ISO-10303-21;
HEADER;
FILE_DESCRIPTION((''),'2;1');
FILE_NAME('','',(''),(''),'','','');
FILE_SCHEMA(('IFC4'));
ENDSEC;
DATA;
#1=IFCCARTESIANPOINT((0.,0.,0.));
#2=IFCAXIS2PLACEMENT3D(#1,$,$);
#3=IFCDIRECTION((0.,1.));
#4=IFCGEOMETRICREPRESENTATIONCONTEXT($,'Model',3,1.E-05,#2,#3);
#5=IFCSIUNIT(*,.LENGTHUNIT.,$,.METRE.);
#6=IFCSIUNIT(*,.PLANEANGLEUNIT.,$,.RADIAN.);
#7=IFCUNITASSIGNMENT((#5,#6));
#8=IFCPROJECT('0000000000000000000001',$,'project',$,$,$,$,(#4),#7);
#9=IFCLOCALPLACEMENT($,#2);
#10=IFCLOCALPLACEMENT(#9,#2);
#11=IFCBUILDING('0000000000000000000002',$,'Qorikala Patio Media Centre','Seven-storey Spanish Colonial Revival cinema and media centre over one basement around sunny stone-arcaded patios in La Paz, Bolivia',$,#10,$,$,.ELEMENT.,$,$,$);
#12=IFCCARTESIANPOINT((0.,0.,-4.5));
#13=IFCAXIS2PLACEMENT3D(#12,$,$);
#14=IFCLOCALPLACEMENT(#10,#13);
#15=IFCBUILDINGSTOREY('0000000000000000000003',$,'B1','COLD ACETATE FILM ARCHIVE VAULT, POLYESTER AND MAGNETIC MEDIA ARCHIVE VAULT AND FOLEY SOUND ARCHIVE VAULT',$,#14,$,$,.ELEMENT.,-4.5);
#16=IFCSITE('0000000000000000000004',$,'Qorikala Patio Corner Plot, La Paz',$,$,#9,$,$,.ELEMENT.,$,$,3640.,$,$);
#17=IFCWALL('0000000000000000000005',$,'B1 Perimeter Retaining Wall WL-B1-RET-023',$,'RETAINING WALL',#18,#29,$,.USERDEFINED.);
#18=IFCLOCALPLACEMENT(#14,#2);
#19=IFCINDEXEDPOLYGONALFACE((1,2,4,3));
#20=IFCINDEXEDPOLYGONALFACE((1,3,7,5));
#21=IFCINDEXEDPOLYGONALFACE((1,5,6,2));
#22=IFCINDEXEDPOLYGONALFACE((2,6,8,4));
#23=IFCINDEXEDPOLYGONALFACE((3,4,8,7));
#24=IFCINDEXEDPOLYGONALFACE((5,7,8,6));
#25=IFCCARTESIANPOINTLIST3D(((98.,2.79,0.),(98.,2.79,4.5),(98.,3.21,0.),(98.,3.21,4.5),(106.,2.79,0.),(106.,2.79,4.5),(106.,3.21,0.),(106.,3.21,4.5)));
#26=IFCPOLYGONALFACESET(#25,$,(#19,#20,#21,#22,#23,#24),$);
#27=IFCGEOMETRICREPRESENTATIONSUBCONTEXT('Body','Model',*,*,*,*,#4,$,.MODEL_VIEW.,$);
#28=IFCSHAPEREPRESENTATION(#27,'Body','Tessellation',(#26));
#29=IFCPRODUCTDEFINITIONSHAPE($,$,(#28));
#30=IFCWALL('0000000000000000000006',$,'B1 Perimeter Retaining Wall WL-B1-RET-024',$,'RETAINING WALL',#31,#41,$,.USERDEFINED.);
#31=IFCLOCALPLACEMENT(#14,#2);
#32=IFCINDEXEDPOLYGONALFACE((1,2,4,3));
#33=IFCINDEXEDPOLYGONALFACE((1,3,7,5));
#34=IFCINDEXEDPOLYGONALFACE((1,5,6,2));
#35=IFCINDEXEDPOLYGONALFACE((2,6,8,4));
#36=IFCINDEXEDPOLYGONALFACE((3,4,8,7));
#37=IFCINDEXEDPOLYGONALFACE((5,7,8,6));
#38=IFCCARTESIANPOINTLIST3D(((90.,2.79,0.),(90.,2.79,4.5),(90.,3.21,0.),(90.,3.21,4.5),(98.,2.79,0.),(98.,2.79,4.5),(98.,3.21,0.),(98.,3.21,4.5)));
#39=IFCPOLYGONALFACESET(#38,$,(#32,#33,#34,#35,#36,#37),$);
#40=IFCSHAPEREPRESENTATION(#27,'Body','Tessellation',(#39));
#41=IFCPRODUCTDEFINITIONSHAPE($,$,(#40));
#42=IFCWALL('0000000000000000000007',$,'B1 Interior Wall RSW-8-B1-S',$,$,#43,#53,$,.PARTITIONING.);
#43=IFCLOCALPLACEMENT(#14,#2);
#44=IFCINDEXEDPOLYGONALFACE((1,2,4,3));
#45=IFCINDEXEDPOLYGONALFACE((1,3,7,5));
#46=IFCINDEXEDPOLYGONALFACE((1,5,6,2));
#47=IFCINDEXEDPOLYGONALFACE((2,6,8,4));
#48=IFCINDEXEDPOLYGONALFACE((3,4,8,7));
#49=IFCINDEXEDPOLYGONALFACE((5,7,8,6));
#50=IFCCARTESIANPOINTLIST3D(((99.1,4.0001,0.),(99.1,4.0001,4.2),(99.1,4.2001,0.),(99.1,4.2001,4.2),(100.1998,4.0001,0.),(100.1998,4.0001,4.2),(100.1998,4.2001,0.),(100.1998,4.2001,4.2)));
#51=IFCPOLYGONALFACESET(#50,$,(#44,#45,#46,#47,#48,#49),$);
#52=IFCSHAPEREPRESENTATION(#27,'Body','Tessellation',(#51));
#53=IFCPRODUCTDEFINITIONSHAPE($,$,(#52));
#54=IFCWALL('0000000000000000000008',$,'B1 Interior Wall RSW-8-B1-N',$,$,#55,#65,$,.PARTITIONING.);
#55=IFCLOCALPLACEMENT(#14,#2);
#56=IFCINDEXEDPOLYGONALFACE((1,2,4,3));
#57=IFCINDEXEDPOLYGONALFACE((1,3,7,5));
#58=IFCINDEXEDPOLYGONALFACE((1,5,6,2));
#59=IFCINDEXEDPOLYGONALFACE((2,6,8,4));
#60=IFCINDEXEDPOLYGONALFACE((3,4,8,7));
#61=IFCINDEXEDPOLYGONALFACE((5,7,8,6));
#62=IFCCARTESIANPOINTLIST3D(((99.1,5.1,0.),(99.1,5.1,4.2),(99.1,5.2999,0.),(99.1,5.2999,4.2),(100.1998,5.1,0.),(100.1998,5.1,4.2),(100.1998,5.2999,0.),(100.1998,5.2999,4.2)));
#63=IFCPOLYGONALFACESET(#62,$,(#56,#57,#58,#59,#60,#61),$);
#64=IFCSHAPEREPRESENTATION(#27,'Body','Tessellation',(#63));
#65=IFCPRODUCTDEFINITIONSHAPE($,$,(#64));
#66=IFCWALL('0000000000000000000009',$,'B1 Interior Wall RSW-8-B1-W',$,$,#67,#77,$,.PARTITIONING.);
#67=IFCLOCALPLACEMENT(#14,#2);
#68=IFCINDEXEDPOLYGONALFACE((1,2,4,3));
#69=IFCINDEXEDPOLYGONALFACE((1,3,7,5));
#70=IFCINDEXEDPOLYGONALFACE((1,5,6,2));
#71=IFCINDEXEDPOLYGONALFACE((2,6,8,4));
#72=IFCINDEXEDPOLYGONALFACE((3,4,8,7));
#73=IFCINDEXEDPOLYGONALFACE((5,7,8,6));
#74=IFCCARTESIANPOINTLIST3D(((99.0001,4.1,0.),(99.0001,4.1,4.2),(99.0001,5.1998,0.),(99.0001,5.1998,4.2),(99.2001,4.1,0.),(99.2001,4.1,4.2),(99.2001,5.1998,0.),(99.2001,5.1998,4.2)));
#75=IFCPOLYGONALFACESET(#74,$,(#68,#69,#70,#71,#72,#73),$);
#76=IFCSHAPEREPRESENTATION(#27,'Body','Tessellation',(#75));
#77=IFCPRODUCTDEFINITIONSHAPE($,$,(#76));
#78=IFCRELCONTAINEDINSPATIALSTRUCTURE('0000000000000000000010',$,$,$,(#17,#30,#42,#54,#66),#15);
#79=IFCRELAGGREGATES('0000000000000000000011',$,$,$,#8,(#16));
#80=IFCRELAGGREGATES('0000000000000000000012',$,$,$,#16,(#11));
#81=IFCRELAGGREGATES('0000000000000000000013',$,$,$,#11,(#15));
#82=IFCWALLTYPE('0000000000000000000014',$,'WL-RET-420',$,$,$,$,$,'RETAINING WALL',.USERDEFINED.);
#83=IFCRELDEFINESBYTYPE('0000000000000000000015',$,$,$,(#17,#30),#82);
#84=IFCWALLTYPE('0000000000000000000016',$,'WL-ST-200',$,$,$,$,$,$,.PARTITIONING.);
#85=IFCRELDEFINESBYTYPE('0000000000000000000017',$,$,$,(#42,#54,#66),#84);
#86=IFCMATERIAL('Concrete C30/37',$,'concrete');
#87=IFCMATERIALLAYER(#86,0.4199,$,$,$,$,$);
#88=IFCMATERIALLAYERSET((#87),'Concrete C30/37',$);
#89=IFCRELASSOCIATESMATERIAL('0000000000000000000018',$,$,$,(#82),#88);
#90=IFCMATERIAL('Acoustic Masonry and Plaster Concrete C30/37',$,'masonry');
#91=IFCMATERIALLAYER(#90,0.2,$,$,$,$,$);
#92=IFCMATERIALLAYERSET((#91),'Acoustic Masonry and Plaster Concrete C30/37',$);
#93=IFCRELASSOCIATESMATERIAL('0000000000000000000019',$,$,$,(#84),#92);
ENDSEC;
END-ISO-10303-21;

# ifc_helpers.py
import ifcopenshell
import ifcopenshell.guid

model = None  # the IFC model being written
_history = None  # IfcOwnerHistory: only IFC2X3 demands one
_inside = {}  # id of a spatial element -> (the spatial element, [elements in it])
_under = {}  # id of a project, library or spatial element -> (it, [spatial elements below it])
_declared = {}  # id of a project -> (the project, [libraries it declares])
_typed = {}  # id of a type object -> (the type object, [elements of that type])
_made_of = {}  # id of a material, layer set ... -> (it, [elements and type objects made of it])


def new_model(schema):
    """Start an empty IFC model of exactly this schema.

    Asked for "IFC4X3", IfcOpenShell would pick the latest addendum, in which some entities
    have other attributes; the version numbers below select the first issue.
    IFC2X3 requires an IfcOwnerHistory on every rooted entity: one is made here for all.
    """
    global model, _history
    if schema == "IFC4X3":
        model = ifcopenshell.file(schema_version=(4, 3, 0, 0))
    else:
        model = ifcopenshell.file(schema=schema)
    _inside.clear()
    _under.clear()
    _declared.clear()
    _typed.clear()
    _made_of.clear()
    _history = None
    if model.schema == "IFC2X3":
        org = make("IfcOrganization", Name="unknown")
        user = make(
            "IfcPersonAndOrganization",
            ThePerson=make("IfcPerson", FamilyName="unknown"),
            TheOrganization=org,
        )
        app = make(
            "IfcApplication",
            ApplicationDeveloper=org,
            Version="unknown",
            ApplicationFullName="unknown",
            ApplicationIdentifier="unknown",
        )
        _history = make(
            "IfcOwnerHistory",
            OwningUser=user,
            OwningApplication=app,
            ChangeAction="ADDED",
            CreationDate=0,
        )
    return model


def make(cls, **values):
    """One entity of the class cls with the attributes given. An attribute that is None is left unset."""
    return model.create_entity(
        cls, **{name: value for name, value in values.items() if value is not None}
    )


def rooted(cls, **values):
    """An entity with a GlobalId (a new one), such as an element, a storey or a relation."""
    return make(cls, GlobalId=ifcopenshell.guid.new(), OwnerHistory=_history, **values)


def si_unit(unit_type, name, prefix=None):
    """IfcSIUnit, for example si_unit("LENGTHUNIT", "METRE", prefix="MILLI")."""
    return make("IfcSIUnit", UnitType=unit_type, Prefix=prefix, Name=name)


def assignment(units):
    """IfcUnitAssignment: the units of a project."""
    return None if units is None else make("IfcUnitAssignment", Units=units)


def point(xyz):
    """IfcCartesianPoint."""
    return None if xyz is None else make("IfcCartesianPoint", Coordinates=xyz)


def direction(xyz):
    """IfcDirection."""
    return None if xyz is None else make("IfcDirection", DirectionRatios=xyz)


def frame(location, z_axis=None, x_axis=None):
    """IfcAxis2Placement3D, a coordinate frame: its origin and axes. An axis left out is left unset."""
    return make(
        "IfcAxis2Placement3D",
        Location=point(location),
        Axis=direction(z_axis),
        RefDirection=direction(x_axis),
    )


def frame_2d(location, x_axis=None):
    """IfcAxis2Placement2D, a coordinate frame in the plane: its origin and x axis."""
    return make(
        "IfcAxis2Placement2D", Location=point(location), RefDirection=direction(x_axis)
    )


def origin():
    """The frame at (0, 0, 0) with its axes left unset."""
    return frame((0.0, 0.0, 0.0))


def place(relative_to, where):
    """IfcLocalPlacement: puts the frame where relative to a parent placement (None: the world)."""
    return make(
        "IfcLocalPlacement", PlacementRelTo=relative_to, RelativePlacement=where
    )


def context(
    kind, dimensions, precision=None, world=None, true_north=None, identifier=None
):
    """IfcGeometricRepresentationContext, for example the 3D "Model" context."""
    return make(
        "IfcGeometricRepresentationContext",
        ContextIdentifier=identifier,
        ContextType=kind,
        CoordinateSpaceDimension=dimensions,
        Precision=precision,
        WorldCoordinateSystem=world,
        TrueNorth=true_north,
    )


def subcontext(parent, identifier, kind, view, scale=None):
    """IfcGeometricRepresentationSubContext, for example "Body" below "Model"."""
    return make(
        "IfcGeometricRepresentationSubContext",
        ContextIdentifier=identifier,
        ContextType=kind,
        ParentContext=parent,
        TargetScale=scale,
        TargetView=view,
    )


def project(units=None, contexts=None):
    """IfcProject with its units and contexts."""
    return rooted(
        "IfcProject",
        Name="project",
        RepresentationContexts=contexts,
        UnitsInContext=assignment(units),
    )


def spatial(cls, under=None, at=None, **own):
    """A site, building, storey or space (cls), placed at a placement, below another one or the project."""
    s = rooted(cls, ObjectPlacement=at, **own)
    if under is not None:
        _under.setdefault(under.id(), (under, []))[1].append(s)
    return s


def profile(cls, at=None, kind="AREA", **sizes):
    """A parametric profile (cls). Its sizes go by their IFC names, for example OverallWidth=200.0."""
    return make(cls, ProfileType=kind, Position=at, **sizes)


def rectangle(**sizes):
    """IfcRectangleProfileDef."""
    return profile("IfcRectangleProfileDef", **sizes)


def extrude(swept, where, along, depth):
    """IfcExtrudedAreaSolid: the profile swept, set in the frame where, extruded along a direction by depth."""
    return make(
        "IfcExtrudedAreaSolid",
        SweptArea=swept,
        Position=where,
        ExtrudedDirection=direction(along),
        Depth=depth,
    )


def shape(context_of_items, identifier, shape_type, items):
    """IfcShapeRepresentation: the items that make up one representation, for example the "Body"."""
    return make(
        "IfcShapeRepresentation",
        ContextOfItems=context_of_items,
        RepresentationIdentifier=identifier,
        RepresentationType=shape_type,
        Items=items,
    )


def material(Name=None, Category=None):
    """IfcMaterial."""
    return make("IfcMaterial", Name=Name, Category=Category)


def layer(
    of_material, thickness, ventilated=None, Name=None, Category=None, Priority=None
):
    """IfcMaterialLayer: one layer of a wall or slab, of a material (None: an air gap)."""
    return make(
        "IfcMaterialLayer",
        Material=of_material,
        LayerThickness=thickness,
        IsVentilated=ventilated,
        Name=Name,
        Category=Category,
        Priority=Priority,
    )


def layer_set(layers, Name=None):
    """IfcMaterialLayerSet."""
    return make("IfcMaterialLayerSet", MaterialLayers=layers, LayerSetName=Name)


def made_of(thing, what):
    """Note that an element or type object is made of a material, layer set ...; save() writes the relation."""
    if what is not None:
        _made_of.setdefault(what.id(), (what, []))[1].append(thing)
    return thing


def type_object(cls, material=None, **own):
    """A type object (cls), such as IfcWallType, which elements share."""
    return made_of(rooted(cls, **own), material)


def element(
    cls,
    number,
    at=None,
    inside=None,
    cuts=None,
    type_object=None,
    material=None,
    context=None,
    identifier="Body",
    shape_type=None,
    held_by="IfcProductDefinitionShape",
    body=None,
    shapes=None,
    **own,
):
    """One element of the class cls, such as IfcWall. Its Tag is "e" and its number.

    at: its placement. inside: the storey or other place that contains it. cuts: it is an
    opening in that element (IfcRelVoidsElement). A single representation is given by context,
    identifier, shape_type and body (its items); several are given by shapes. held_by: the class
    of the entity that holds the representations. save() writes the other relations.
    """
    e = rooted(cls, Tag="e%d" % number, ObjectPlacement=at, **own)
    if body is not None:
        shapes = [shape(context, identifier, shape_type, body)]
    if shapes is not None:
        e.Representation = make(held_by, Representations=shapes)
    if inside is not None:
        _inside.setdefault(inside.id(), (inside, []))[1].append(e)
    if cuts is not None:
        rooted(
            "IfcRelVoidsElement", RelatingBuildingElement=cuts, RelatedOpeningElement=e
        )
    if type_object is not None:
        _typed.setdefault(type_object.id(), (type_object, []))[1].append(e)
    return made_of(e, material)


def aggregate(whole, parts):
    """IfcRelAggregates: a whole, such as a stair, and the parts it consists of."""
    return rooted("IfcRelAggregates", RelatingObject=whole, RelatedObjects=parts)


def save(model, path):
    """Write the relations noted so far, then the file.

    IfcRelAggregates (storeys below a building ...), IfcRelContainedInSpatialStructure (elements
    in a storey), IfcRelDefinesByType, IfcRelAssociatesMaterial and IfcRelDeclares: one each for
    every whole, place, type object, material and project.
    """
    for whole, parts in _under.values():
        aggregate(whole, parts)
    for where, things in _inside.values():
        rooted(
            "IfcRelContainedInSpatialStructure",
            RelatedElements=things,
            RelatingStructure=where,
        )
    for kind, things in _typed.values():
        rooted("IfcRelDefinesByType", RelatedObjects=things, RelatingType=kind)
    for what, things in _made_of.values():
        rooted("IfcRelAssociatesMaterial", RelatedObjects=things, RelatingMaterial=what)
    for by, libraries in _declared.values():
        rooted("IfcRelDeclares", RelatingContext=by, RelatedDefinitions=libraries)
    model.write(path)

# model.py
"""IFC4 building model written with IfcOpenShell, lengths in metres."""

from ifc_helpers import new_model, si_unit, direction, frame, frame_2d, origin, place, context, subcontext, project, spatial, rectangle, extrude, material, layer, layer_set, type_object, element, save


model = new_model("IFC4")

# Units and contexts
model_context = context("Model", 3, precision=1e-05, world=origin(), true_north=direction((0.0, 1.0)))
body_context = subcontext(model_context, "Body", "Model", "MODEL_VIEW")
ifc_project = project(units=[si_unit("LENGTHUNIT", "METRE"), si_unit("PLANEANGLEUNIT", "RADIAN")], contexts=[model_context])

# Site, building, storey
site_placement = place(None, origin())
site = spatial("IfcSite", under=ifc_project, at=site_placement, Name="Qorikala Patio Corner Plot, La Paz", CompositionType="ELEMENT", RefElevation=3640.0)
building_placement = place(site_placement, origin())
building = spatial("IfcBuilding", under=site, at=building_placement, Name="Qorikala Patio Media Centre", Description="Seven-storey Spanish Colonial Revival cinema and media centre over one basement around sunny stone-arcaded patios in La Paz, Bolivia", CompositionType="ELEMENT")
storey_placement = place(building_placement, frame((0.0, 0.0, -4.5)))
storey = spatial("IfcBuildingStorey", under=building, at=storey_placement, Name="B1", Description="COLD ACETATE FILM ARCHIVE VAULT, POLYESTER AND MAGNETIC MEDIA ARCHIVE VAULT AND FOLEY SOUND ARCHIVE VAULT", CompositionType="ELEMENT", Elevation=-4.5)

# Shared definitions
ifc_material_1 = material(Name="Concrete C30/37", Category="concrete")

# Walls
ifc_layer_1 = layer(ifc_material_1, 0.4199)
ifc_layer_set_1 = layer_set([ifc_layer_1], Name="Concrete C30/37")
wall_type_1 = type_object("IfcWallType", Name="WL-RET-420", ElementType="RETAINING WALL", PredefinedType="USERDEFINED", material=ifc_layer_set_1)
for number, where, z_axis, x_axis, name in (
    (1, (106.0, 3.0, 0.0), (0.0, 0.0, 1.0), (-1.0, 0.0, 0.0), "B1 Perimeter Retaining Wall WL-B1-RET-023"),
    (2, (98.0, 3.0, 0.0), (0.0, 0.0, 1.0), (-1.0, 0.0, 0.0), "B1 Perimeter Retaining Wall WL-B1-RET-024"),
):
    element("IfcWall", number, at=place(storey_placement, frame(where, z_axis=z_axis, x_axis=x_axis)), inside=storey, type_object=wall_type_1, Name=name, ObjectType="RETAINING WALL", PredefinedType="USERDEFINED", context=body_context, shape_type="SweptSolid", body=[
        extrude(rectangle(XDim=8.0, YDim=0.4199, at=frame_2d((4.0, 0.0))), origin(), (0.0, 0.0, 1.0), 4.5),
    ])
ifc_material_2 = material(Name="Acoustic Masonry and Plaster Concrete C30/37", Category="masonry")
ifc_layer_2 = layer(ifc_material_2, 0.2)
ifc_layer_set_2 = layer_set([ifc_layer_2], Name="Acoustic Masonry and Plaster Concrete C30/37")
wall_type_2 = type_object("IfcWallType", Name="WL-ST-200", PredefinedType="PARTITIONING", material=ifc_layer_set_2)
for number, where, z_axis, x_axis, name in (
    (3, (99.1001, 4.1001, 0.0), (0.0, 0.0, 1.0), (1.0, 0.0, 0.0), "B1 Interior Wall RSW-8-B1-S"),
    (4, (99.1001, 5.2, 0.0), (0.0, 0.0, 1.0), (1.0, 0.0, 0.0), "B1 Interior Wall RSW-8-B1-N"),
    (5, (99.1001, 4.1001, 0.0), (0.0, 0.0, 1.0), (0.0, 1.0, 0.0), "B1 Interior Wall RSW-8-B1-W"),
):
    element("IfcWall", number, at=place(storey_placement, frame(where, z_axis=z_axis, x_axis=x_axis)), inside=storey, type_object=wall_type_2, Name=name, PredefinedType="PARTITIONING", context=body_context, shape_type="SweptSolid", body=[
        extrude(rectangle(XDim=1.0999, YDim=0.2, at=frame_2d((0.5498, 0.0))), origin(), (0.0, 0.0, 1.0), 4.2),
    ])

save(model, "model.ifc")
